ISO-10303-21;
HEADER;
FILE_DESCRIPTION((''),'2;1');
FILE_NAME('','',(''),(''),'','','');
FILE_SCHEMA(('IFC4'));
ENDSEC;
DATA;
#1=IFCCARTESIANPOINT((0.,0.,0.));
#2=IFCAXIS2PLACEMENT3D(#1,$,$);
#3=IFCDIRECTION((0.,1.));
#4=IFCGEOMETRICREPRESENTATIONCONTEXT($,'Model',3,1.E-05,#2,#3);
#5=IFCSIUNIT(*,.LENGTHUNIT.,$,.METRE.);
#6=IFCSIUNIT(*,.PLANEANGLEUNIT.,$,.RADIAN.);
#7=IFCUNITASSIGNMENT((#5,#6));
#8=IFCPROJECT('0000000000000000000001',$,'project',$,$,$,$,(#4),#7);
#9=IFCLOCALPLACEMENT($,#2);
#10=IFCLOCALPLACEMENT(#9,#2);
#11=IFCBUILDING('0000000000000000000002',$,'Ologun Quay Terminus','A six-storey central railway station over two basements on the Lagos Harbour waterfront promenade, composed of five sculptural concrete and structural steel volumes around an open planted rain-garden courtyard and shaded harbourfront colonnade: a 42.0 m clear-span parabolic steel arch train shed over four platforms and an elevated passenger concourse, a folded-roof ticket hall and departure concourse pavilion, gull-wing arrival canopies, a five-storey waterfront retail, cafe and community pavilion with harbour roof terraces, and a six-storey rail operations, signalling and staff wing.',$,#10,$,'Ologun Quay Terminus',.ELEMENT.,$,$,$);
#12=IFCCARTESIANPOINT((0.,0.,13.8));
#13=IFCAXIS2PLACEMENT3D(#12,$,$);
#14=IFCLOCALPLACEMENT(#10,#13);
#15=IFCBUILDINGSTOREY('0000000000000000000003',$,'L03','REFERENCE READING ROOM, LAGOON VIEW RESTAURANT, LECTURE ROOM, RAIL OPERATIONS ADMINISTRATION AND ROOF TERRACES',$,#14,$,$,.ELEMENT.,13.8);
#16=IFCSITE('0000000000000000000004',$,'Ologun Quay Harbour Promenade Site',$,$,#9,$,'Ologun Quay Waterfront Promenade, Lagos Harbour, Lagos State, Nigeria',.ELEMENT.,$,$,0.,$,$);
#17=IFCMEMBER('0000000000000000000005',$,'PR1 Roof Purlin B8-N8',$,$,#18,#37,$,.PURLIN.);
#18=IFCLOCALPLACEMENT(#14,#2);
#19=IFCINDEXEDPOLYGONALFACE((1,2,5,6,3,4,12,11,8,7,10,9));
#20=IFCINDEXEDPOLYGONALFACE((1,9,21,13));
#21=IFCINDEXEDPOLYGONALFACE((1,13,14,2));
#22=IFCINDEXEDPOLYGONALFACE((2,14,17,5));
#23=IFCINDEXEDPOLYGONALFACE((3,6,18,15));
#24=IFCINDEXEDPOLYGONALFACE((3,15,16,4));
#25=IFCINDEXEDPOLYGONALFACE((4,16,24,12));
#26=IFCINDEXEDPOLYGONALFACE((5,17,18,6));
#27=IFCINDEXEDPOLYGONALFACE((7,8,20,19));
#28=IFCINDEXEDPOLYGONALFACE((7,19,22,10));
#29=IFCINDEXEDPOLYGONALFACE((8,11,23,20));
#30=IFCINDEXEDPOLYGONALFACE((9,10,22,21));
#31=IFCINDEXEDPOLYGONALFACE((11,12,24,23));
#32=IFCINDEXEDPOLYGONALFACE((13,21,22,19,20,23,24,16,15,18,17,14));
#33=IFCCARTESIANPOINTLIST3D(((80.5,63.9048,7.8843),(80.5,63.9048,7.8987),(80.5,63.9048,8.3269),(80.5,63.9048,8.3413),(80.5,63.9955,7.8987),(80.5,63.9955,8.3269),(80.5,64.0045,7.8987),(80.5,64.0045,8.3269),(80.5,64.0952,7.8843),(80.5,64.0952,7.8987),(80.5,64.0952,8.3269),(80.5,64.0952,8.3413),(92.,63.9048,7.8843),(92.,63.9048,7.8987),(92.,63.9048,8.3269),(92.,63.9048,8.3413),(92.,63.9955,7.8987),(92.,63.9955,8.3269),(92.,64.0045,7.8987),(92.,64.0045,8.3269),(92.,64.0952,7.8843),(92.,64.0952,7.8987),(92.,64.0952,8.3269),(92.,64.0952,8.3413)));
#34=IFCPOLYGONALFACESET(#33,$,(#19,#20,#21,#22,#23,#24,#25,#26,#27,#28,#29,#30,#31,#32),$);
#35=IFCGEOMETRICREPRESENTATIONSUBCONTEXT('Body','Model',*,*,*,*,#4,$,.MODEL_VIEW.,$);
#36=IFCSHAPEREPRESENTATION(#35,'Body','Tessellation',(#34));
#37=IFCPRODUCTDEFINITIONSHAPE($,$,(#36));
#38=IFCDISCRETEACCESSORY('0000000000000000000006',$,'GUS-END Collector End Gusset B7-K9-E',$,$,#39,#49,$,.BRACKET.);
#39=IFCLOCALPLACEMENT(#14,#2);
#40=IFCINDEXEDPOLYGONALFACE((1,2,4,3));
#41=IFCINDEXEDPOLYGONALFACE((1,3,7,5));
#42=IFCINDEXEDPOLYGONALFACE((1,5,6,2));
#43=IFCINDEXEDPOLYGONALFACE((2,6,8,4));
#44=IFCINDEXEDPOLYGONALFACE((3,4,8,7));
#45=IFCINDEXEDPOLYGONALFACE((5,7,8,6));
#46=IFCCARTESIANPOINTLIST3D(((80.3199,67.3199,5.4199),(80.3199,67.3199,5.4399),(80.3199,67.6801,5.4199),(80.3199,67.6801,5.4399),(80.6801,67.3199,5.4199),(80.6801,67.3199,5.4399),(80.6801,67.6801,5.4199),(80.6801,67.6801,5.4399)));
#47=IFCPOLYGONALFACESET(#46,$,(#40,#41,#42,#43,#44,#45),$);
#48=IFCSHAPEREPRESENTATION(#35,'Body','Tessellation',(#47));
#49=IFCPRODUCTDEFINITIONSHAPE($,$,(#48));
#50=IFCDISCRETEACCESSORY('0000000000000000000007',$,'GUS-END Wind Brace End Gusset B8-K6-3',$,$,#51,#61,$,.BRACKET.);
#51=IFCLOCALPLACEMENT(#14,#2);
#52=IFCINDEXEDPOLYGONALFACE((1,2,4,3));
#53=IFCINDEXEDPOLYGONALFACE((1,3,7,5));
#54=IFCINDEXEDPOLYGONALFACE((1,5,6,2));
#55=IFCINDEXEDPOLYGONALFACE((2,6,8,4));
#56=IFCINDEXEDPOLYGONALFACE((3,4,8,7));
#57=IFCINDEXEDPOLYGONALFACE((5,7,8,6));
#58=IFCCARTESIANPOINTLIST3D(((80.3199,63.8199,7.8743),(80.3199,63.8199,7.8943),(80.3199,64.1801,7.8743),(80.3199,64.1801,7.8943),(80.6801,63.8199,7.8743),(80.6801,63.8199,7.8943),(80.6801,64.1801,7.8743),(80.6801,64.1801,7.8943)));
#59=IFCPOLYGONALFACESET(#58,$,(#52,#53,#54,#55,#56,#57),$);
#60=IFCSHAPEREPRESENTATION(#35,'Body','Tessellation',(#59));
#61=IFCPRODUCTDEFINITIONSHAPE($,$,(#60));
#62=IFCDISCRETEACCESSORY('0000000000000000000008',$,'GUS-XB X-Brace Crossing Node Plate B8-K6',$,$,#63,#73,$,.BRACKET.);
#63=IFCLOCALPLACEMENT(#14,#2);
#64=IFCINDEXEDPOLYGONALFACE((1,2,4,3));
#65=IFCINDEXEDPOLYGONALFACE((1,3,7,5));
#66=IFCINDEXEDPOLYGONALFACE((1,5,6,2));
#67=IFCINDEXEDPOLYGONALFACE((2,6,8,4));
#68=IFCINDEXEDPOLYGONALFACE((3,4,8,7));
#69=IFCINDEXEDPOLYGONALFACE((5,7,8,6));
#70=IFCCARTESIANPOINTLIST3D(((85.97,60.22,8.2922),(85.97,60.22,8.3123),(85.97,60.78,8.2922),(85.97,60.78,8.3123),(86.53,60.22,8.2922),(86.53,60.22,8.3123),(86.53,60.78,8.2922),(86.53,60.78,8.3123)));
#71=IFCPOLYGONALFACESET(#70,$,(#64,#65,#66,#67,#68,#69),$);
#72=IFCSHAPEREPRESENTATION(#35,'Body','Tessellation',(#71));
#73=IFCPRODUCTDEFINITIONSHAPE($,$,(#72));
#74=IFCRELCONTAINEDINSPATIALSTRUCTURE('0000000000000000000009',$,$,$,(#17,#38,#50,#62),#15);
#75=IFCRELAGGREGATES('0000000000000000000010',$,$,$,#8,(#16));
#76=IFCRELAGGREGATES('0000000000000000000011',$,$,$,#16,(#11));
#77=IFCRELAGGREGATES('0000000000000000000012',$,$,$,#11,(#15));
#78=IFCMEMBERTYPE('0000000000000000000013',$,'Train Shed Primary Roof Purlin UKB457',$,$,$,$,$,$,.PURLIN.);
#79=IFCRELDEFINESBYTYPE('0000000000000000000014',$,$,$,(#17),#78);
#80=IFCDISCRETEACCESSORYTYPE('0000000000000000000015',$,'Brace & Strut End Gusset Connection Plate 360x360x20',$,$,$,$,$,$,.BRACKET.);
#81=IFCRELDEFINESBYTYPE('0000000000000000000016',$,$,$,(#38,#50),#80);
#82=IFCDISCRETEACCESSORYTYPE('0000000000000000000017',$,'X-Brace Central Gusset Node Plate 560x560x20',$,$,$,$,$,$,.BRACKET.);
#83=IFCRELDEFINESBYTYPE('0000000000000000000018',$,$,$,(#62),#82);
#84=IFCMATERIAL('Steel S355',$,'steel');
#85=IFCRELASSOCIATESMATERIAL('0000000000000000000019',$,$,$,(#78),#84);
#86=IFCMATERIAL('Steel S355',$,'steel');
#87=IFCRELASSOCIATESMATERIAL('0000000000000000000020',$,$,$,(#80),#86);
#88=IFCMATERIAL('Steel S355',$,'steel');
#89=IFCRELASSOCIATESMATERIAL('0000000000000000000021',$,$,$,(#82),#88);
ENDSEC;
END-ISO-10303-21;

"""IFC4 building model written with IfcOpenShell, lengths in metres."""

from ifc_helpers import new_model, si_unit, direction, frame, origin, origin_2d, place, context, subcontext, project, spatial, rectangle, i_section, extrude, material, material_profile, profile_set, type_object, element, save


model = new_model("IFC4")

# Units and contexts
model_context = context("Model", 3, precision=1e-05, world=origin(), true_north=direction((0.0, 1.0)))
body_context = subcontext(model_context, "Body", "Model", "MODEL_VIEW")
ifc_project = project(units=[si_unit("LENGTHUNIT", "METRE"), si_unit("PLANEANGLEUNIT", "RADIAN")], contexts=[model_context])

# Site, building, storey
site_placement = place(None, origin())
site = spatial("IfcSite", under=ifc_project, at=site_placement, Name="Ologun Quay Harbour Promenade Site", LongName="Ologun Quay Waterfront Promenade, Lagos Harbour, Lagos State, Nigeria", CompositionType="ELEMENT", RefElevation=0.0)
building_placement = place(site_placement, origin())
building = spatial("IfcBuilding", under=site, at=building_placement, Name="Ologun Quay Terminus", Description="A six-storey central railway station over two basements on the Lagos Harbour waterfront promenade, composed of five sculptural concrete and structural steel volumes around an open planted rain-garden courtyard and shaded harbourfront colonnade: a 42.0 m clear-span parabolic steel arch train shed over four platforms and an elevated passenger concourse, a folded-roof ticket hall and departure concourse pavilion, gull-wing arrival canopies, a five-storey waterfront retail, cafe and community pavilion with harbour roof terraces, and a six-storey rail operations, signalling and staff wing.", LongName="Ologun Quay Terminus", CompositionType="ELEMENT")
storey_placement = place(building_placement, frame((0.0, 0.0, 13.8)))
storey = spatial("IfcBuildingStorey", under=building, at=storey_placement, Name="L03", Description="REFERENCE READING ROOM, LAGOON VIEW RESTAURANT, LECTURE ROOM, RAIL OPERATIONS ADMINISTRATION AND ROOF TERRACES", CompositionType="ELEMENT", Elevation=13.8)

# Member
ifc_material_1 = material(Name="Steel S355", Category="steel")
ifc_material_profile_1 = material_profile(ifc_material_1, i_section(OverallWidth=0.1904, OverallDepth=0.457, WebThickness=0.009, FlangeThickness=0.0144, at=origin_2d()), Name="UKB 457x191x74")
ifc_profile_set_1 = profile_set([ifc_material_profile_1], Name="Steel S355")
member_type_1 = type_object("IfcMemberType", Name="Train Shed Primary Roof Purlin UKB457", PredefinedType="PURLIN", material=ifc_profile_set_1)
for number, where, z_axis, x_axis, name in (
    (1, (80.5, 64.0, 8.1128), (1.0, 0.0, 0.0), (0.0, 1.0, 0.0), "PR1 Roof Purlin B8-N8"),
):
    element("IfcMember", number, at=place(storey_placement, frame(where, z_axis=z_axis, x_axis=x_axis)), inside=storey, type_object=member_type_1, Name=name, PredefinedType="PURLIN", context=body_context, shape_type="SweptSolid", body=[
        extrude(i_section(OverallWidth=0.1904, OverallDepth=0.457, WebThickness=0.009, FlangeThickness=0.0144, at=origin_2d()), origin(), (0.0, 0.0, 1.0), 11.5),
    ])

# Discrete accessories
ifc_material_2 = material(Name="Steel S355", Category="steel")
discrete_accessory_type_1 = type_object("IfcDiscreteAccessoryType", Name="Brace & Strut End Gusset Connection Plate 360x360x20", PredefinedType="BRACKET", material=ifc_material_2)
for number, where, z_axis, x_axis, name in (
    (2, (80.5, 67.5, 5.4199), (0.0, 0.0, 1.0), (1.0, 0.0, 0.0), "GUS-END Collector End Gusset B7-K9-E"),
    (3, (80.5, 64.0, 7.8743), (0.0, 0.0, 1.0), (1.0, 0.0, 0.0), "GUS-END Wind Brace End Gusset B8-K6-3"),
):
    element("IfcDiscreteAccessory", number, at=place(storey_placement, frame(where, z_axis=z_axis, x_axis=x_axis)), inside=storey, type_object=discrete_accessory_type_1, Name=name, PredefinedType="BRACKET", context=body_context, shape_type="SweptSolid", body=[
        extrude(rectangle(XDim=0.3601, YDim=0.3601, at=origin_2d()), origin(), (0.0, 0.0, 1.0), 0.02),
    ])
ifc_material_3 = material(Name="Steel S355", Category="steel")
discrete_accessory_type_2 = type_object("IfcDiscreteAccessoryType", Name="X-Brace Central Gusset Node Plate 560x560x20", PredefinedType="BRACKET", material=ifc_material_3)
discrete_accessory_placement = place(storey_placement, frame((86.25, 60.5, 8.2922), z_axis=(0.0, 0.0, 1.0), x_axis=(1.0, 0.0, 0.0)))
element("IfcDiscreteAccessory", 4, at=discrete_accessory_placement, inside=storey, type_object=discrete_accessory_type_2, Name="GUS-XB X-Brace Crossing Node Plate B8-K6", PredefinedType="BRACKET", context=body_context, shape_type="SweptSolid", body=[
    extrude(rectangle(XDim=0.5601, YDim=0.5601, at=origin_2d()), origin(), (0.0, 0.0, 1.0), 0.02),
])

save(model, "model.ifc")
